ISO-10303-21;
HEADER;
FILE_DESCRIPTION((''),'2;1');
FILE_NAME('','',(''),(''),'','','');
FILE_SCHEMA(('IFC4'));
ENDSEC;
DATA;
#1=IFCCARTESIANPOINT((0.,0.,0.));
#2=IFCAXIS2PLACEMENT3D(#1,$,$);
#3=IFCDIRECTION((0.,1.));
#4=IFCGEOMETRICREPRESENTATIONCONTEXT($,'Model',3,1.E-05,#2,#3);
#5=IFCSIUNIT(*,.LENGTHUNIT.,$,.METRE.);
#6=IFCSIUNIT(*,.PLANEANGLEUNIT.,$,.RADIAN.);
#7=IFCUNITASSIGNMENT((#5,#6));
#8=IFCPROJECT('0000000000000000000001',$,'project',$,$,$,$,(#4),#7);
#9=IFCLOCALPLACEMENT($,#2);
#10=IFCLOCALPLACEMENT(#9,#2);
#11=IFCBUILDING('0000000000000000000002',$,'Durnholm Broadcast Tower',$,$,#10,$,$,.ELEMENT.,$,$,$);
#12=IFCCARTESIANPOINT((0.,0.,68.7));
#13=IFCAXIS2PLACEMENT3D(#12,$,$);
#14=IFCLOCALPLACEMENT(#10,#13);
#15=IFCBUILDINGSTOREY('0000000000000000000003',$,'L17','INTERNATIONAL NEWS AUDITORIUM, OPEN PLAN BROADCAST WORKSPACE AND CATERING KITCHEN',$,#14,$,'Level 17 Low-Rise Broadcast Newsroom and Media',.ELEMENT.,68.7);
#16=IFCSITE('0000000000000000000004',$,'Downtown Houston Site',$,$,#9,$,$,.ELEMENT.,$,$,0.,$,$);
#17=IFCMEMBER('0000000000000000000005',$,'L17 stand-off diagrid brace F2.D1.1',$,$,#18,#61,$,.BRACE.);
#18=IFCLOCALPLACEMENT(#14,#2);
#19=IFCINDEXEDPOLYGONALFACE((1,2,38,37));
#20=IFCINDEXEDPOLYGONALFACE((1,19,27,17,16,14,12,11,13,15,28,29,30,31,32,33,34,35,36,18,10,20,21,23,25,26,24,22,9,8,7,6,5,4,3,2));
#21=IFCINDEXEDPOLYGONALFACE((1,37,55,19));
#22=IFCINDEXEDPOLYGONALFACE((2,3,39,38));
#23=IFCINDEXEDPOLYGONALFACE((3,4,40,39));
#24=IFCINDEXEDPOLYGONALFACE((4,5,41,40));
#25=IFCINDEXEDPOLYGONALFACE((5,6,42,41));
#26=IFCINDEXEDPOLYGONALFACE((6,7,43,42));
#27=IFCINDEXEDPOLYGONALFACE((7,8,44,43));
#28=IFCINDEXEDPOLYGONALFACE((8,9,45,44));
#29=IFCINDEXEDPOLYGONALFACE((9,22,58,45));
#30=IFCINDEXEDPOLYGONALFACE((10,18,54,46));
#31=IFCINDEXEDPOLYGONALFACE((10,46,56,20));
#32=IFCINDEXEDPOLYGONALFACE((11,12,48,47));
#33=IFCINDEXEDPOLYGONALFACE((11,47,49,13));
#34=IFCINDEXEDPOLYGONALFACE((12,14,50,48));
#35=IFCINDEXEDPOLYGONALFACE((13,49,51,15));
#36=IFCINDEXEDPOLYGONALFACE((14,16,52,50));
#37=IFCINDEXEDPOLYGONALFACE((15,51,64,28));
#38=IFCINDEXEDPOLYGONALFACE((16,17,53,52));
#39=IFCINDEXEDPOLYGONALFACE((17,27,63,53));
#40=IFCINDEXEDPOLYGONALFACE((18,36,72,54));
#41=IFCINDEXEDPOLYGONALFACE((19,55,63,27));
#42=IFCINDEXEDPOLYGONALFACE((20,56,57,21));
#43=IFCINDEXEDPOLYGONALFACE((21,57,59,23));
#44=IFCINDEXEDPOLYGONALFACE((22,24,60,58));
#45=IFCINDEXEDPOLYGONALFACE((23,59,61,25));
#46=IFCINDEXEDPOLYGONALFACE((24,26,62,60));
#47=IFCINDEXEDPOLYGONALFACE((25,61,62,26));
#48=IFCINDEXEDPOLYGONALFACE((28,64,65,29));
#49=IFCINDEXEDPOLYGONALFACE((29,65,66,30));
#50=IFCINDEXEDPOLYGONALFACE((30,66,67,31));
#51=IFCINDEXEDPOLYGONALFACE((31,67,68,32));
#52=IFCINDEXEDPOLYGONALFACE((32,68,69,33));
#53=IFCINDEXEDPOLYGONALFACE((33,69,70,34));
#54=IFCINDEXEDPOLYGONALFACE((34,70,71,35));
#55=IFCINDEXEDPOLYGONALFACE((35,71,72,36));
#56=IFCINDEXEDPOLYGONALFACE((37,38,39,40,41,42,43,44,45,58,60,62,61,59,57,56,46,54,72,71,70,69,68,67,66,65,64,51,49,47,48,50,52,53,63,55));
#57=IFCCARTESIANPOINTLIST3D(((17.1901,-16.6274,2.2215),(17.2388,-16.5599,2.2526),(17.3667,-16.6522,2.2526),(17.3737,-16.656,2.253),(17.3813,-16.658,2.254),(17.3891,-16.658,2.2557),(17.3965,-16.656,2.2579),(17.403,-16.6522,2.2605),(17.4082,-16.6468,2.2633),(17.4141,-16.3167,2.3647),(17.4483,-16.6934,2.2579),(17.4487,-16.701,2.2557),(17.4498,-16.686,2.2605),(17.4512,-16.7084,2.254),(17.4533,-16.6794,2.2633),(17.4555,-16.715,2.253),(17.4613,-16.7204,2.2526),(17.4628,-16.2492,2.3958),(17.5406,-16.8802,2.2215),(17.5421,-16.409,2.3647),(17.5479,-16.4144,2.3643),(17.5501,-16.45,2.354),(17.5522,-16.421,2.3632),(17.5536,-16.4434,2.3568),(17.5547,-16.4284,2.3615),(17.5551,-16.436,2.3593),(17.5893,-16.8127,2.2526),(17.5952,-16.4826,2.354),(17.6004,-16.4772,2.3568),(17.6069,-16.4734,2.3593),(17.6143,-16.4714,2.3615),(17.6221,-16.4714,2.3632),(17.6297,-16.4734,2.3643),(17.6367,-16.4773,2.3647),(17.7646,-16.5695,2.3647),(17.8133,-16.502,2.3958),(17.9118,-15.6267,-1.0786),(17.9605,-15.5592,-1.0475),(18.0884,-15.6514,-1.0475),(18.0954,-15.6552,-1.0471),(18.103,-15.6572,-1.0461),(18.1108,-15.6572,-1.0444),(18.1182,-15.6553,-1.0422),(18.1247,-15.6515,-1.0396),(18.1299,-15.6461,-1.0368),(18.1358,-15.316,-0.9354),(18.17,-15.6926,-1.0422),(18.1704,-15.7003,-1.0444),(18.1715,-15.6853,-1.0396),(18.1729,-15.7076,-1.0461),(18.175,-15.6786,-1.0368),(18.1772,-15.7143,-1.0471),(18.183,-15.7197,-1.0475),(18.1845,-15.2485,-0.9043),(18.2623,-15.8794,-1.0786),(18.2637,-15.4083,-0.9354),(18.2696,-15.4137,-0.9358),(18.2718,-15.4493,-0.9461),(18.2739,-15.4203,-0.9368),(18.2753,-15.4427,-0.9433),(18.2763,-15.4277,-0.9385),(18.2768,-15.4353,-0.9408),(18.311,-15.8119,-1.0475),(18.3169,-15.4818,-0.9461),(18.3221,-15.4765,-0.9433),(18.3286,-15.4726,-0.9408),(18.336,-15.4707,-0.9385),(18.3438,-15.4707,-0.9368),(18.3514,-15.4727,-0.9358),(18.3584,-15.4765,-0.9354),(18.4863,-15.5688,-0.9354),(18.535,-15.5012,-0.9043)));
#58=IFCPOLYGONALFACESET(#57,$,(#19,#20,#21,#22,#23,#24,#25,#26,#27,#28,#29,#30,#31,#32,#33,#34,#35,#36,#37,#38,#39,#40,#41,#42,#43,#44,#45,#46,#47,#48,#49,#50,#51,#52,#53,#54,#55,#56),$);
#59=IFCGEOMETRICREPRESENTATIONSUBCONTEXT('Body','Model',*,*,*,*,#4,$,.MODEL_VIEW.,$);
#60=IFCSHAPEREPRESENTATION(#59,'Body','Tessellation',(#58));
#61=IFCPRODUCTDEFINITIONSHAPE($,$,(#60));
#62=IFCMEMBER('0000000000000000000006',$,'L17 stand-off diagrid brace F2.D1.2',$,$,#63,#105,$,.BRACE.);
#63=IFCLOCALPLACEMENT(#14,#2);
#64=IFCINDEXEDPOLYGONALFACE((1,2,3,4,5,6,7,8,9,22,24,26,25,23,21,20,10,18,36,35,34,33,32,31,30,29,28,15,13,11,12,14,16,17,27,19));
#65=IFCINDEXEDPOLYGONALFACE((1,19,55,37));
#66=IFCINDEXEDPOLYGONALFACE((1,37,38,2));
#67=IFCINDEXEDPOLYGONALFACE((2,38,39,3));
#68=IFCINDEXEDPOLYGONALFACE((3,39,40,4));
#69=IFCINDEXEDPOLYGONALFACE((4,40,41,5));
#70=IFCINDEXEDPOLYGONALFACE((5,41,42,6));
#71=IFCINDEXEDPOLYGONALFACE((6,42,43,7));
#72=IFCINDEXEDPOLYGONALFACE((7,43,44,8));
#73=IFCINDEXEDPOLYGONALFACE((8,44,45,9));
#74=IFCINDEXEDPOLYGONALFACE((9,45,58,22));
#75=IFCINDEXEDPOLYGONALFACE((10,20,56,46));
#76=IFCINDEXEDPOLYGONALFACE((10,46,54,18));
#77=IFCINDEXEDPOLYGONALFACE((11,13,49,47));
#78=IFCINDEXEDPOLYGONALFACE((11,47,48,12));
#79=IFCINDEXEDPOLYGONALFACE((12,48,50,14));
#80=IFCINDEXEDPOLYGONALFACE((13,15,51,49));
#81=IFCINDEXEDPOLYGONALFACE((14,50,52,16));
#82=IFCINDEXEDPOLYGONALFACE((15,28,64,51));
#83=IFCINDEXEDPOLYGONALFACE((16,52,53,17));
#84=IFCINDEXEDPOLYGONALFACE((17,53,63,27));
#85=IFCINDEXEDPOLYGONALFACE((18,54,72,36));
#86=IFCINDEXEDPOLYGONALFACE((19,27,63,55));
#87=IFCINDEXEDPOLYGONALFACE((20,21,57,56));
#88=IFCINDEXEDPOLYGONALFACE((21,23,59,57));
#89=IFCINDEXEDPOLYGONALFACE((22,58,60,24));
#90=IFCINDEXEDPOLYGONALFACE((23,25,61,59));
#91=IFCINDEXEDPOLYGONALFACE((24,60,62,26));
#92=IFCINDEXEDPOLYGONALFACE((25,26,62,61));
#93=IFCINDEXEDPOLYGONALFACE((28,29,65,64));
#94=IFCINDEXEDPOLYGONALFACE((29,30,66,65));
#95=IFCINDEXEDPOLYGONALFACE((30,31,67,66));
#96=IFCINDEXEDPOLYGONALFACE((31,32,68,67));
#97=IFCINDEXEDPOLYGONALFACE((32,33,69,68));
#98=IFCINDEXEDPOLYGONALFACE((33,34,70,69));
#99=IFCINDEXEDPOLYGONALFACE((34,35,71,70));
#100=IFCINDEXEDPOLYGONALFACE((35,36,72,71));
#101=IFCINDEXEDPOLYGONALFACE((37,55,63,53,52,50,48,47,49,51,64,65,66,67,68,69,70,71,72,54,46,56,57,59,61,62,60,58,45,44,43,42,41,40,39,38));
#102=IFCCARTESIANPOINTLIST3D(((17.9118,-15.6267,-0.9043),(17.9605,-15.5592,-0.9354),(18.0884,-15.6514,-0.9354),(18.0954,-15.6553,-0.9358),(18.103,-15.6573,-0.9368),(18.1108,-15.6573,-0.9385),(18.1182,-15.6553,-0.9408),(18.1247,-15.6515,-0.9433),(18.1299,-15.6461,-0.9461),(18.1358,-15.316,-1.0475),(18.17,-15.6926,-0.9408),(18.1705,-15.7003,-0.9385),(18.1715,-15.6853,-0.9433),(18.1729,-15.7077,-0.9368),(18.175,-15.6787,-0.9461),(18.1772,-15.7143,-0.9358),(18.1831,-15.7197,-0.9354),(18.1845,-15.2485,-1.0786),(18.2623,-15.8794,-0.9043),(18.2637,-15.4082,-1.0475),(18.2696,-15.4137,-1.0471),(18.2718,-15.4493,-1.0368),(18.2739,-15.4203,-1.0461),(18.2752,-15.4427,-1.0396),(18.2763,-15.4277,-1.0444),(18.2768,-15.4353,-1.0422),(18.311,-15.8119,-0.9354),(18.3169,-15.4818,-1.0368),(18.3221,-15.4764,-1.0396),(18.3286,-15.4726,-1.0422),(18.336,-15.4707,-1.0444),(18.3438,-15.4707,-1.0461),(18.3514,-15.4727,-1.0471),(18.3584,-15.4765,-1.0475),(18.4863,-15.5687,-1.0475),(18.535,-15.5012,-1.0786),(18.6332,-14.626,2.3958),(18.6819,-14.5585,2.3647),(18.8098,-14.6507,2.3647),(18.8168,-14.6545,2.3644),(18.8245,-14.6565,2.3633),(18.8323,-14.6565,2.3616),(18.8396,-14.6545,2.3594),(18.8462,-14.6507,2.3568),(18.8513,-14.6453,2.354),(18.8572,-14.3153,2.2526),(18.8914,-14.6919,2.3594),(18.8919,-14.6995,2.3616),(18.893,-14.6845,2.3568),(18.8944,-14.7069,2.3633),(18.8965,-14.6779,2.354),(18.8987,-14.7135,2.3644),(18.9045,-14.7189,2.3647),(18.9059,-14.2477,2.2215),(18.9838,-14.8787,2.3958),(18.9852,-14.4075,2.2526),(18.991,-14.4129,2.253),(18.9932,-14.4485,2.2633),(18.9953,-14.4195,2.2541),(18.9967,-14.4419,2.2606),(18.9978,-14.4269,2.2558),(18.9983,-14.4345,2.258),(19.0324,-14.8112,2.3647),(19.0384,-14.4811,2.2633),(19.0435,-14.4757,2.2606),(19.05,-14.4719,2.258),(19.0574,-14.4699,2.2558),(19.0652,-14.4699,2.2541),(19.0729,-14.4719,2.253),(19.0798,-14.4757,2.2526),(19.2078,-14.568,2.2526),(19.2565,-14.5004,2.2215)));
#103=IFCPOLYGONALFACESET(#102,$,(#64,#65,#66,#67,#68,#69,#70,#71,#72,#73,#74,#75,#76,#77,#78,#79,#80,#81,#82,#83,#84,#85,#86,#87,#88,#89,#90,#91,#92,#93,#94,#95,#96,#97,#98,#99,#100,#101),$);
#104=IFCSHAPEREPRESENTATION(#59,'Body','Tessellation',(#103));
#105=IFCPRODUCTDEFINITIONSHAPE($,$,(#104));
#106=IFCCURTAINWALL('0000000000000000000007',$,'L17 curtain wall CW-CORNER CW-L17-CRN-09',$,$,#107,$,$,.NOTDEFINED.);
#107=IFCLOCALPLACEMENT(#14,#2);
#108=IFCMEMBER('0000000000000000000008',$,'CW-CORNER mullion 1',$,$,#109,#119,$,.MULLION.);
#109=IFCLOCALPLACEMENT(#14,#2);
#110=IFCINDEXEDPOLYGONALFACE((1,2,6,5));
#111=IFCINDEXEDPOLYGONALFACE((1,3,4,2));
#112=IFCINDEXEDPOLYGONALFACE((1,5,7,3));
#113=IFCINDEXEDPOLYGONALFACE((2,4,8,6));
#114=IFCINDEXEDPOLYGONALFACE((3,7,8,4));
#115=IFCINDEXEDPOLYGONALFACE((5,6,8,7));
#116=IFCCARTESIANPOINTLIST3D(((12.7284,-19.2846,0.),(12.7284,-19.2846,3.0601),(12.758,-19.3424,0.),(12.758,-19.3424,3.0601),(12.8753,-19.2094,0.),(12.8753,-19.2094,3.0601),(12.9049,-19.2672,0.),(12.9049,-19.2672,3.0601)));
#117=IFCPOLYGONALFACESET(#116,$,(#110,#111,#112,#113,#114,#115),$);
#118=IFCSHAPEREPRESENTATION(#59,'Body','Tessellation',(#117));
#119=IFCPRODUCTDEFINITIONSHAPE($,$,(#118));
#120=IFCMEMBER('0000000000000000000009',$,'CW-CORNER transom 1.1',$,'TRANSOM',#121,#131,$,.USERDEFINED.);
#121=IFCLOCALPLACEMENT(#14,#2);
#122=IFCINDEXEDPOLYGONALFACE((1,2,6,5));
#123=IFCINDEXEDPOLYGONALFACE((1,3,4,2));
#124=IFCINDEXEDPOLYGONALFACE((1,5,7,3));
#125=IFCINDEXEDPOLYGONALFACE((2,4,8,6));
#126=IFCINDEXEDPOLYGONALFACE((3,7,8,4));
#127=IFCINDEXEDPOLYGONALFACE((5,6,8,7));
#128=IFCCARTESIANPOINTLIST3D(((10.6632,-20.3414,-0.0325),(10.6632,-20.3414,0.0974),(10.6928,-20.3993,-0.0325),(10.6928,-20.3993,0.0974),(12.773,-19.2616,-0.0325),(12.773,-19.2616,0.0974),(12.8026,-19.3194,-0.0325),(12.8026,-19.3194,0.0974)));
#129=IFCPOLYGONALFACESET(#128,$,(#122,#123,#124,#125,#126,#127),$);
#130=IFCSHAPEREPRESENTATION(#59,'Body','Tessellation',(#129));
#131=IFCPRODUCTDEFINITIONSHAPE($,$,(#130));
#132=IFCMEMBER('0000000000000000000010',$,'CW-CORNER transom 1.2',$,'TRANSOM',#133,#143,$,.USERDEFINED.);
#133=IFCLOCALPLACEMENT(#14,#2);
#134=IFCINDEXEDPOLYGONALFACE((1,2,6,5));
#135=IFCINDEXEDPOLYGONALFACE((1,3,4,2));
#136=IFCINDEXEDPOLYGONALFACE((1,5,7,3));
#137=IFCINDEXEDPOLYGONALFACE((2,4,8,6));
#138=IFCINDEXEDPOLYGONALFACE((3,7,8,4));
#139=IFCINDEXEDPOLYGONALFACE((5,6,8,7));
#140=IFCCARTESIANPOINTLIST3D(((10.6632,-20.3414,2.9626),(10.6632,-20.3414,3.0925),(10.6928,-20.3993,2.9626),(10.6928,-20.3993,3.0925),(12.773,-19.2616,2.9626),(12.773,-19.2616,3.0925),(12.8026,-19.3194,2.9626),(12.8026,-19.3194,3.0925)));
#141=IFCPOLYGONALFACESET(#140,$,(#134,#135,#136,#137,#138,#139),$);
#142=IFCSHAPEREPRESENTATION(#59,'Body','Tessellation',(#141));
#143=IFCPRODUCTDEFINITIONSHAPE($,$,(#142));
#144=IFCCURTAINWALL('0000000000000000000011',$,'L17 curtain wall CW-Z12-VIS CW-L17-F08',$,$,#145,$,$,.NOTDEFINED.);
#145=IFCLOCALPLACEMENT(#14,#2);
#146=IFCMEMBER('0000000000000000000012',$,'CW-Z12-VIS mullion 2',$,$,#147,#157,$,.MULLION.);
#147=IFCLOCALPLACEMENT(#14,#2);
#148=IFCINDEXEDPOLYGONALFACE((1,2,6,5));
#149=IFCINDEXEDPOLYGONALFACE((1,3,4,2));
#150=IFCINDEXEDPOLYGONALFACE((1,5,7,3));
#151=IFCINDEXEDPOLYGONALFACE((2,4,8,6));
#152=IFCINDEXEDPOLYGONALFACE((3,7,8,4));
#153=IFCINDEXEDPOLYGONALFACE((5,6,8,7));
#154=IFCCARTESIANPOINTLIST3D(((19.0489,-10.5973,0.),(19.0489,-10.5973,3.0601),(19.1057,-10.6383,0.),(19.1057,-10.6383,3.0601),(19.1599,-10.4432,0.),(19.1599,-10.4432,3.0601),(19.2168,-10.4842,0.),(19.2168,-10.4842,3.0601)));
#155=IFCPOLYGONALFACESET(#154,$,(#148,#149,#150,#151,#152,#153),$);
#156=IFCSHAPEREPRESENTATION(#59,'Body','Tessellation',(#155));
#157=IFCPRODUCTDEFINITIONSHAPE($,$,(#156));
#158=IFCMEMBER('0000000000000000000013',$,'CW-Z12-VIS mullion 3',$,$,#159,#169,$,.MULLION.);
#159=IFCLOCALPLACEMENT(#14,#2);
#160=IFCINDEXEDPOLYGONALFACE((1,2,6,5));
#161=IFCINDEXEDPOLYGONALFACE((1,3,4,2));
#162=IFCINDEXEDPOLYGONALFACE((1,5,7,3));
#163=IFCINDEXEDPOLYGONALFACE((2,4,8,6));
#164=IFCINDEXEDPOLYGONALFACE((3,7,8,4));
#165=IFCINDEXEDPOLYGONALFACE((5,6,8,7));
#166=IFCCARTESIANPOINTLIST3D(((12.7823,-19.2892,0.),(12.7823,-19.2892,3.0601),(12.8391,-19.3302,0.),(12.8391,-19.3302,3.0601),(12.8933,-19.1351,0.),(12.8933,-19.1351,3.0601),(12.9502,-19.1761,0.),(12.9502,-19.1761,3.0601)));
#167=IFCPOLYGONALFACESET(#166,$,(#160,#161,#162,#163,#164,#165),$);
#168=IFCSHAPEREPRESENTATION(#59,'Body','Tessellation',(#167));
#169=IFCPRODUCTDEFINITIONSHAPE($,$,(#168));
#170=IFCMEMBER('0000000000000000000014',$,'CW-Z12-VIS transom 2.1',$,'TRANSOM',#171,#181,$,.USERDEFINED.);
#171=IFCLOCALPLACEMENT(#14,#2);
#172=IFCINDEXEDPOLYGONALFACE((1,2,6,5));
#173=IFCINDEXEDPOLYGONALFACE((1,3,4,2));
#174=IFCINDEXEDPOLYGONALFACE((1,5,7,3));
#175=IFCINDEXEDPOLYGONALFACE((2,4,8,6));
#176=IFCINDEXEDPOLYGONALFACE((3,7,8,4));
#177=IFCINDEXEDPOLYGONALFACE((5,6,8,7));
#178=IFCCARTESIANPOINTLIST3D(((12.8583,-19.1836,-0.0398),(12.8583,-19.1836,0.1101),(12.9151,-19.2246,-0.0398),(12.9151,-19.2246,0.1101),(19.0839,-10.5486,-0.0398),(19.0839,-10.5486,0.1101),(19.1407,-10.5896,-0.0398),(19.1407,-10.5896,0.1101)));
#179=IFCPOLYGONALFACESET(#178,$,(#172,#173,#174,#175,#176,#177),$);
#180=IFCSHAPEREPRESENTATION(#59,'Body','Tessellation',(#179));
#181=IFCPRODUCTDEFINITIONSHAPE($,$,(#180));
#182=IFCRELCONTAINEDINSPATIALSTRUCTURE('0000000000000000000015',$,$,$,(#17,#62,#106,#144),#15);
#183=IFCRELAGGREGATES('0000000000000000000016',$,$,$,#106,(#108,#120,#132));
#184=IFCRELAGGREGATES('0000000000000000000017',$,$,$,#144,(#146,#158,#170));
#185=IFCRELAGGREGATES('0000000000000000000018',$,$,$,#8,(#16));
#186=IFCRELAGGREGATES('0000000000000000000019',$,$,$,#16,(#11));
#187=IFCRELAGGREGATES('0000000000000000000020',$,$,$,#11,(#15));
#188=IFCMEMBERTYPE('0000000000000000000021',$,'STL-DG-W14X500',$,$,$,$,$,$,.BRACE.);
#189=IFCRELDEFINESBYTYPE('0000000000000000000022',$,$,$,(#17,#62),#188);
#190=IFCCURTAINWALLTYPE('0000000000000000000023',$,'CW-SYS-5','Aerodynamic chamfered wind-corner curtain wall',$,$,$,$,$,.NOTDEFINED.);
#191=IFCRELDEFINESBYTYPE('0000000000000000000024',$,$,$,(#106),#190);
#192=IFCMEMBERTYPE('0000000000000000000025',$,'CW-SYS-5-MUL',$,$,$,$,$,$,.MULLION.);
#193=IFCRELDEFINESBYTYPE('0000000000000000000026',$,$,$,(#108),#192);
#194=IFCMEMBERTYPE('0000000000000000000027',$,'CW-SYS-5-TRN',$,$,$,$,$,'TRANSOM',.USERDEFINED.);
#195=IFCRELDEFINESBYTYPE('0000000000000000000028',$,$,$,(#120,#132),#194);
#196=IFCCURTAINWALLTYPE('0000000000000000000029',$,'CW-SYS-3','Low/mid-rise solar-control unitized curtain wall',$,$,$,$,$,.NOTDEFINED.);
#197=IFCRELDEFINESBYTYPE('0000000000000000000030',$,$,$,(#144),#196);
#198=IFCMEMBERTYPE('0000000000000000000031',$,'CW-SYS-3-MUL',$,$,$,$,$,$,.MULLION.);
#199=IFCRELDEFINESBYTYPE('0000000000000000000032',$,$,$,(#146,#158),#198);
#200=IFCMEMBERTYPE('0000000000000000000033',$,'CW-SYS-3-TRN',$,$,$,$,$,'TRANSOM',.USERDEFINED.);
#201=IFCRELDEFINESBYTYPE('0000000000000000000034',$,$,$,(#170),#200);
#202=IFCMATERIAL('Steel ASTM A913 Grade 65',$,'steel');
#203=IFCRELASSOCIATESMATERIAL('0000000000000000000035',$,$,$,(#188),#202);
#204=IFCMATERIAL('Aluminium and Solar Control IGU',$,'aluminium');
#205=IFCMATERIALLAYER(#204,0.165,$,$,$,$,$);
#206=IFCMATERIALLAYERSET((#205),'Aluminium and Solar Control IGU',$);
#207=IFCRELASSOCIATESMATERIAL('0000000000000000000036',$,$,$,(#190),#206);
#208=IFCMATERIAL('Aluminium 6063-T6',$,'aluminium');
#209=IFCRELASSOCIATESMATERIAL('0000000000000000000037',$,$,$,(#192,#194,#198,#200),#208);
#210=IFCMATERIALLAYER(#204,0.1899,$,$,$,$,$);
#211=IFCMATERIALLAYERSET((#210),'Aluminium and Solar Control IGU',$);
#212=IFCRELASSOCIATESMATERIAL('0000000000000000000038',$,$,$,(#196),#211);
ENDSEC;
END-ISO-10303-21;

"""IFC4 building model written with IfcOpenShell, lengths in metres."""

from ifc_helpers import new_model, si_unit, direction, frame, origin, origin_2d, place, context, subcontext, project, spatial, rectangle, i_section, extrude, source, transform, mapped, material, layer, layer_set, material_profile, profile_set, type_object, type_shapes, element, aggregate, save


model = new_model("IFC4")

# Units and contexts
model_context = context("Model", 3, precision=1e-05, world=origin(), true_north=direction((0.0, 1.0)))
body_context = subcontext(model_context, "Body", "Model", "MODEL_VIEW")
ifc_project = project(units=[si_unit("LENGTHUNIT", "METRE"), si_unit("PLANEANGLEUNIT", "RADIAN")], contexts=[model_context])

# Site, building, storey
site_placement = place(None, origin())
site = spatial("IfcSite", under=ifc_project, at=site_placement, Name="Downtown Houston Site", CompositionType="ELEMENT", RefElevation=0.0)
building_placement = place(site_placement, origin())
building = spatial("IfcBuilding", under=site, at=building_placement, Name="Durnholm Broadcast Tower", CompositionType="ELEMENT")
storey_placement = place(building_placement, frame((0.0, 0.0, 68.7)))
storey = spatial("IfcBuildingStorey", under=building, at=storey_placement, Name="L17", Description="INTERNATIONAL NEWS AUDITORIUM, OPEN PLAN BROADCAST WORKSPACE AND CATERING KITCHEN", LongName="Level 17 Low-Rise Broadcast Newsroom and Media", CompositionType="ELEMENT", Elevation=68.7)

# Members
ifc_material_1 = material(Name="Steel ASTM A913 Grade 65", Category="steel")
ifc_material_profile_1 = material_profile(ifc_material_1, i_section(OverallWidth=0.4321, OverallDepth=0.4978, WebThickness=0.0557, FlangeThickness=0.0889, FilletRadius=0.0305, at=origin_2d()), Name="W14X500")
ifc_profile_set_1 = profile_set([ifc_material_profile_1], Name="Steel ASTM A913 Grade 65")
member_type_1 = type_object("IfcMemberType", Name="STL-DG-W14X500", PredefinedType="BRACE", material=ifc_profile_set_1)
shared_shape_1 = source(origin(), body_context, "Body", "SweptSolid", [
    extrude(i_section(OverallWidth=0.4321, OverallDepth=0.4978, WebThickness=0.0557, FlangeThickness=0.0889, FilletRadius=0.0305, at=origin_2d()), origin(), (0.0, 0.0, 1.0), 3.5232),
])
type_shapes(member_type_1, [shared_shape_1])
for number, where, z_axis, x_axis, name in (
    (1, (18.2234, -15.564, -0.9915), (-0.204839, -0.284045, 0.936675), (0.811091, -0.58492, 0.0), "L17 stand-off diagrid brace F2.D1.1"),
    (2, (18.2234, -15.564, -0.9915), (0.204773, 0.284049, 0.936688), (-0.811185, 0.584789, 0.0), "L17 stand-off diagrid brace F2.D1.2"),
):
    element("IfcMember", number, at=place(storey_placement, frame(where, z_axis=z_axis, x_axis=x_axis)), inside=storey, type_object=member_type_1, Name=name, PredefinedType="BRACE", context=body_context, shape_type="MappedRepresentation", body=[
        mapped(shared_shape_1, transform((0.0, 0.0, 0.0), x_axis=(1.0, 0.0, 0.0), y_axis=(0.0, 1.0, 0.0), z_axis=(0.0, 0.0, 1.0), scale=1.0)),
    ])

# Curtain walls, members
ifc_material_2 = material(Name="Aluminium and Solar Control IGU", Category="aluminium")
ifc_layer_1 = layer(ifc_material_2, 0.165)
ifc_layer_set_1 = layer_set([ifc_layer_1], Name="Aluminium and Solar Control IGU")
curtain_wall_type_1 = type_object("IfcCurtainWallType", Name="CW-SYS-5", Description="Aerodynamic chamfered wind-corner curtain wall", PredefinedType="NOTDEFINED", material=ifc_layer_set_1)
curtain_wall_1_placement = place(storey_placement, origin())
curtain_wall_1 = element("IfcCurtainWall", 3, at=curtain_wall_1_placement, inside=storey, type_object=curtain_wall_type_1, Name="L17 curtain wall CW-CORNER CW-L17-CRN-09", PredefinedType="NOTDEFINED")
ifc_material_3 = material(Name="Aluminium 6063-T6", Category="aluminium")
ifc_material_profile_2 = material_profile(ifc_material_3, rectangle(XDim=0.0649, YDim=0.165, at=origin_2d()), Name="CWM65X165")
ifc_profile_set_2 = profile_set([ifc_material_profile_2], Name="Aluminium 6063-T6")
member_type_2 = type_object("IfcMemberType", Name="CW-SYS-5-MUL", PredefinedType="MULLION", material=ifc_profile_set_2)
shared_shape_2 = source(origin(), body_context, "Body", "SweptSolid", [
    extrude(rectangle(XDim=0.0649, YDim=0.165, at=origin_2d()), origin(), (0.0, 0.0, 1.0), 3.0601),
])
type_shapes(member_type_2, [shared_shape_2])
member_1_placement = place(storey_placement, frame((12.8167, -19.2759, 0.0), z_axis=(0.0, 0.0, 1.0), x_axis=(0.455594, -0.890188, 0.0)))
member_1 = element("IfcMember", 4, at=member_1_placement, type_object=member_type_2, Name="CW-CORNER mullion 1", PredefinedType="MULLION", context=body_context, shape_type="MappedRepresentation", body=[
    mapped(shared_shape_2, transform((0.0, 0.0, 0.0), x_axis=(1.0, 0.0, 0.0), y_axis=(0.0, 1.0, 0.0), z_axis=(0.0, 0.0, 1.0), scale=1.0)),
])
ifc_material_profile_3 = material_profile(ifc_material_3, rectangle(XDim=0.0649, YDim=0.1299, at=origin_2d()), Name="CWT65X130")
ifc_profile_set_3 = profile_set([ifc_material_profile_3], Name="Aluminium 6063-T6")
member_type_3 = type_object("IfcMemberType", Name="CW-SYS-5-TRN", ElementType="TRANSOM", PredefinedType="USERDEFINED", material=ifc_profile_set_3)
shared_shape_3 = source(origin(), body_context, "Body", "SweptSolid", [
    extrude(rectangle(XDim=0.0649, YDim=0.1299, at=origin_2d()), origin(), (0.0, 0.0, 1.0), 2.3701),
])
type_shapes(member_type_3, [shared_shape_3])
member_2_placement = place(storey_placement, frame((12.7878, -19.2905, 0.0325), z_axis=(-0.890185, -0.455599, 0.0), x_axis=(0.455599, -0.890185, 0.0)))
member_2 = element("IfcMember", 5, at=member_2_placement, type_object=member_type_3, Name="CW-CORNER transom 1.1", ObjectType="TRANSOM", PredefinedType="USERDEFINED", context=body_context, shape_type="MappedRepresentation", body=[
    mapped(shared_shape_3, transform((0.0, 0.0, 0.0), x_axis=(1.0, 0.0, 0.0), y_axis=(0.0, 1.0, 0.0), z_axis=(0.0, 0.0, 1.0), scale=1.0)),
])
member_3_placement = place(storey_placement, frame((12.7878, -19.2905, 3.0276), z_axis=(-0.890185, -0.455599, 0.0), x_axis=(0.455599, -0.890185, 0.0)))
member_3 = element("IfcMember", 6, at=member_3_placement, type_object=member_type_3, Name="CW-CORNER transom 1.2", ObjectType="TRANSOM", PredefinedType="USERDEFINED", context=body_context, shape_type="MappedRepresentation", body=[
    mapped(shared_shape_3, transform((0.0, 0.0, 0.0), x_axis=(1.0, 0.0, 0.0), y_axis=(0.0, 1.0, 0.0), z_axis=(0.0, 0.0, 1.0), scale=1.0)),
])
ifc_layer_2 = layer(ifc_material_2, 0.1899)
ifc_layer_set_2 = layer_set([ifc_layer_2], Name="Aluminium and Solar Control IGU")
curtain_wall_type_2 = type_object("IfcCurtainWallType", Name="CW-SYS-3", Description="Low/mid-rise solar-control unitized curtain wall", PredefinedType="NOTDEFINED", material=ifc_layer_set_2)
curtain_wall_2_placement = place(storey_placement, origin())
curtain_wall_2 = element("IfcCurtainWall", 7, at=curtain_wall_2_placement, inside=storey, type_object=curtain_wall_type_2, Name="L17 curtain wall CW-Z12-VIS CW-L17-F08", PredefinedType="NOTDEFINED")
ifc_material_profile_4 = material_profile(ifc_material_3, rectangle(XDim=0.0701, YDim=0.1899, at=origin_2d()), Name="CWM70X190")
ifc_profile_set_4 = profile_set([ifc_material_profile_4], Name="Aluminium 6063-T6")
member_type_4 = type_object("IfcMemberType", Name="CW-SYS-3-MUL", PredefinedType="MULLION", material=ifc_profile_set_4)
shared_shape_4 = source(origin(), body_context, "Body", "SweptSolid", [
    extrude(rectangle(XDim=0.0701, YDim=0.1899, at=origin_2d()), origin(), (0.0, 0.0, 1.0), 3.0601),
])
type_shapes(member_type_4, [shared_shape_4])
member_4_placement = place(storey_placement, frame((19.1328, -10.5408, 0.0), z_axis=(0.0, 0.0, 1.0), x_axis=(0.811161, -0.584823, 0.0)))
member_4 = element("IfcMember", 8, at=member_4_placement, type_object=member_type_4, Name="CW-Z12-VIS mullion 2", PredefinedType="MULLION", context=body_context, shape_type="MappedRepresentation", body=[
    mapped(shared_shape_4, transform((0.0, 0.0, 0.0), x_axis=(1.0, 0.0, 0.0), y_axis=(0.0, 1.0, 0.0), z_axis=(0.0, 0.0, 1.0), scale=1.0)),
])
member_5_placement = place(storey_placement, frame((12.8662, -19.2327, 0.0), z_axis=(0.0, 0.0, 1.0), x_axis=(0.811161, -0.584823, 0.0)))
member_5 = element("IfcMember", 9, at=member_5_placement, type_object=member_type_4, Name="CW-Z12-VIS mullion 3", PredefinedType="MULLION", context=body_context, shape_type="MappedRepresentation", body=[
    mapped(shared_shape_4, transform((0.0, 0.0, 0.0), x_axis=(1.0, 0.0, 0.0), y_axis=(0.0, 1.0, 0.0), z_axis=(0.0, 0.0, 1.0), scale=1.0)),
])
ifc_material_profile_5 = material_profile(ifc_material_3, rectangle(XDim=0.0701, YDim=0.1499, at=origin_2d()), Name="CWT70X150")
ifc_profile_set_5 = profile_set([ifc_material_profile_5], Name="Aluminium 6063-T6")
member_type_5 = type_object("IfcMemberType", Name="CW-SYS-3-TRN", ElementType="TRANSOM", PredefinedType="USERDEFINED", material=ifc_profile_set_5)
shared_shape_5 = source(origin(), body_context, "Body", "SweptSolid", [
    extrude(rectangle(XDim=0.0701, YDim=0.1499, at=origin_2d()), origin(), (0.0, 0.0, 1.0), 10.6453),
])
type_shapes(member_type_5, [shared_shape_5])
member_6_placement = place(storey_placement, frame((19.1123, -10.5691, 0.0352), z_axis=(-0.584823, -0.811161, 0.0), x_axis=(0.811161, -0.584823, 0.0)))
member_6 = element("IfcMember", 10, at=member_6_placement, type_object=member_type_5, Name="CW-Z12-VIS transom 2.1", ObjectType="TRANSOM", PredefinedType="USERDEFINED", context=body_context, shape_type="MappedRepresentation", body=[
    mapped(shared_shape_5, transform((0.0, 0.0, 0.0), x_axis=(1.0, 0.0, 0.0), y_axis=(0.0, 1.0, 0.0), z_axis=(0.0, 0.0, 1.0), scale=1.0)),
])

aggregate(curtain_wall_1, [member_1, member_2, member_3])
aggregate(curtain_wall_2, [member_4, member_5, member_6])

save(model, "model.ifc")
